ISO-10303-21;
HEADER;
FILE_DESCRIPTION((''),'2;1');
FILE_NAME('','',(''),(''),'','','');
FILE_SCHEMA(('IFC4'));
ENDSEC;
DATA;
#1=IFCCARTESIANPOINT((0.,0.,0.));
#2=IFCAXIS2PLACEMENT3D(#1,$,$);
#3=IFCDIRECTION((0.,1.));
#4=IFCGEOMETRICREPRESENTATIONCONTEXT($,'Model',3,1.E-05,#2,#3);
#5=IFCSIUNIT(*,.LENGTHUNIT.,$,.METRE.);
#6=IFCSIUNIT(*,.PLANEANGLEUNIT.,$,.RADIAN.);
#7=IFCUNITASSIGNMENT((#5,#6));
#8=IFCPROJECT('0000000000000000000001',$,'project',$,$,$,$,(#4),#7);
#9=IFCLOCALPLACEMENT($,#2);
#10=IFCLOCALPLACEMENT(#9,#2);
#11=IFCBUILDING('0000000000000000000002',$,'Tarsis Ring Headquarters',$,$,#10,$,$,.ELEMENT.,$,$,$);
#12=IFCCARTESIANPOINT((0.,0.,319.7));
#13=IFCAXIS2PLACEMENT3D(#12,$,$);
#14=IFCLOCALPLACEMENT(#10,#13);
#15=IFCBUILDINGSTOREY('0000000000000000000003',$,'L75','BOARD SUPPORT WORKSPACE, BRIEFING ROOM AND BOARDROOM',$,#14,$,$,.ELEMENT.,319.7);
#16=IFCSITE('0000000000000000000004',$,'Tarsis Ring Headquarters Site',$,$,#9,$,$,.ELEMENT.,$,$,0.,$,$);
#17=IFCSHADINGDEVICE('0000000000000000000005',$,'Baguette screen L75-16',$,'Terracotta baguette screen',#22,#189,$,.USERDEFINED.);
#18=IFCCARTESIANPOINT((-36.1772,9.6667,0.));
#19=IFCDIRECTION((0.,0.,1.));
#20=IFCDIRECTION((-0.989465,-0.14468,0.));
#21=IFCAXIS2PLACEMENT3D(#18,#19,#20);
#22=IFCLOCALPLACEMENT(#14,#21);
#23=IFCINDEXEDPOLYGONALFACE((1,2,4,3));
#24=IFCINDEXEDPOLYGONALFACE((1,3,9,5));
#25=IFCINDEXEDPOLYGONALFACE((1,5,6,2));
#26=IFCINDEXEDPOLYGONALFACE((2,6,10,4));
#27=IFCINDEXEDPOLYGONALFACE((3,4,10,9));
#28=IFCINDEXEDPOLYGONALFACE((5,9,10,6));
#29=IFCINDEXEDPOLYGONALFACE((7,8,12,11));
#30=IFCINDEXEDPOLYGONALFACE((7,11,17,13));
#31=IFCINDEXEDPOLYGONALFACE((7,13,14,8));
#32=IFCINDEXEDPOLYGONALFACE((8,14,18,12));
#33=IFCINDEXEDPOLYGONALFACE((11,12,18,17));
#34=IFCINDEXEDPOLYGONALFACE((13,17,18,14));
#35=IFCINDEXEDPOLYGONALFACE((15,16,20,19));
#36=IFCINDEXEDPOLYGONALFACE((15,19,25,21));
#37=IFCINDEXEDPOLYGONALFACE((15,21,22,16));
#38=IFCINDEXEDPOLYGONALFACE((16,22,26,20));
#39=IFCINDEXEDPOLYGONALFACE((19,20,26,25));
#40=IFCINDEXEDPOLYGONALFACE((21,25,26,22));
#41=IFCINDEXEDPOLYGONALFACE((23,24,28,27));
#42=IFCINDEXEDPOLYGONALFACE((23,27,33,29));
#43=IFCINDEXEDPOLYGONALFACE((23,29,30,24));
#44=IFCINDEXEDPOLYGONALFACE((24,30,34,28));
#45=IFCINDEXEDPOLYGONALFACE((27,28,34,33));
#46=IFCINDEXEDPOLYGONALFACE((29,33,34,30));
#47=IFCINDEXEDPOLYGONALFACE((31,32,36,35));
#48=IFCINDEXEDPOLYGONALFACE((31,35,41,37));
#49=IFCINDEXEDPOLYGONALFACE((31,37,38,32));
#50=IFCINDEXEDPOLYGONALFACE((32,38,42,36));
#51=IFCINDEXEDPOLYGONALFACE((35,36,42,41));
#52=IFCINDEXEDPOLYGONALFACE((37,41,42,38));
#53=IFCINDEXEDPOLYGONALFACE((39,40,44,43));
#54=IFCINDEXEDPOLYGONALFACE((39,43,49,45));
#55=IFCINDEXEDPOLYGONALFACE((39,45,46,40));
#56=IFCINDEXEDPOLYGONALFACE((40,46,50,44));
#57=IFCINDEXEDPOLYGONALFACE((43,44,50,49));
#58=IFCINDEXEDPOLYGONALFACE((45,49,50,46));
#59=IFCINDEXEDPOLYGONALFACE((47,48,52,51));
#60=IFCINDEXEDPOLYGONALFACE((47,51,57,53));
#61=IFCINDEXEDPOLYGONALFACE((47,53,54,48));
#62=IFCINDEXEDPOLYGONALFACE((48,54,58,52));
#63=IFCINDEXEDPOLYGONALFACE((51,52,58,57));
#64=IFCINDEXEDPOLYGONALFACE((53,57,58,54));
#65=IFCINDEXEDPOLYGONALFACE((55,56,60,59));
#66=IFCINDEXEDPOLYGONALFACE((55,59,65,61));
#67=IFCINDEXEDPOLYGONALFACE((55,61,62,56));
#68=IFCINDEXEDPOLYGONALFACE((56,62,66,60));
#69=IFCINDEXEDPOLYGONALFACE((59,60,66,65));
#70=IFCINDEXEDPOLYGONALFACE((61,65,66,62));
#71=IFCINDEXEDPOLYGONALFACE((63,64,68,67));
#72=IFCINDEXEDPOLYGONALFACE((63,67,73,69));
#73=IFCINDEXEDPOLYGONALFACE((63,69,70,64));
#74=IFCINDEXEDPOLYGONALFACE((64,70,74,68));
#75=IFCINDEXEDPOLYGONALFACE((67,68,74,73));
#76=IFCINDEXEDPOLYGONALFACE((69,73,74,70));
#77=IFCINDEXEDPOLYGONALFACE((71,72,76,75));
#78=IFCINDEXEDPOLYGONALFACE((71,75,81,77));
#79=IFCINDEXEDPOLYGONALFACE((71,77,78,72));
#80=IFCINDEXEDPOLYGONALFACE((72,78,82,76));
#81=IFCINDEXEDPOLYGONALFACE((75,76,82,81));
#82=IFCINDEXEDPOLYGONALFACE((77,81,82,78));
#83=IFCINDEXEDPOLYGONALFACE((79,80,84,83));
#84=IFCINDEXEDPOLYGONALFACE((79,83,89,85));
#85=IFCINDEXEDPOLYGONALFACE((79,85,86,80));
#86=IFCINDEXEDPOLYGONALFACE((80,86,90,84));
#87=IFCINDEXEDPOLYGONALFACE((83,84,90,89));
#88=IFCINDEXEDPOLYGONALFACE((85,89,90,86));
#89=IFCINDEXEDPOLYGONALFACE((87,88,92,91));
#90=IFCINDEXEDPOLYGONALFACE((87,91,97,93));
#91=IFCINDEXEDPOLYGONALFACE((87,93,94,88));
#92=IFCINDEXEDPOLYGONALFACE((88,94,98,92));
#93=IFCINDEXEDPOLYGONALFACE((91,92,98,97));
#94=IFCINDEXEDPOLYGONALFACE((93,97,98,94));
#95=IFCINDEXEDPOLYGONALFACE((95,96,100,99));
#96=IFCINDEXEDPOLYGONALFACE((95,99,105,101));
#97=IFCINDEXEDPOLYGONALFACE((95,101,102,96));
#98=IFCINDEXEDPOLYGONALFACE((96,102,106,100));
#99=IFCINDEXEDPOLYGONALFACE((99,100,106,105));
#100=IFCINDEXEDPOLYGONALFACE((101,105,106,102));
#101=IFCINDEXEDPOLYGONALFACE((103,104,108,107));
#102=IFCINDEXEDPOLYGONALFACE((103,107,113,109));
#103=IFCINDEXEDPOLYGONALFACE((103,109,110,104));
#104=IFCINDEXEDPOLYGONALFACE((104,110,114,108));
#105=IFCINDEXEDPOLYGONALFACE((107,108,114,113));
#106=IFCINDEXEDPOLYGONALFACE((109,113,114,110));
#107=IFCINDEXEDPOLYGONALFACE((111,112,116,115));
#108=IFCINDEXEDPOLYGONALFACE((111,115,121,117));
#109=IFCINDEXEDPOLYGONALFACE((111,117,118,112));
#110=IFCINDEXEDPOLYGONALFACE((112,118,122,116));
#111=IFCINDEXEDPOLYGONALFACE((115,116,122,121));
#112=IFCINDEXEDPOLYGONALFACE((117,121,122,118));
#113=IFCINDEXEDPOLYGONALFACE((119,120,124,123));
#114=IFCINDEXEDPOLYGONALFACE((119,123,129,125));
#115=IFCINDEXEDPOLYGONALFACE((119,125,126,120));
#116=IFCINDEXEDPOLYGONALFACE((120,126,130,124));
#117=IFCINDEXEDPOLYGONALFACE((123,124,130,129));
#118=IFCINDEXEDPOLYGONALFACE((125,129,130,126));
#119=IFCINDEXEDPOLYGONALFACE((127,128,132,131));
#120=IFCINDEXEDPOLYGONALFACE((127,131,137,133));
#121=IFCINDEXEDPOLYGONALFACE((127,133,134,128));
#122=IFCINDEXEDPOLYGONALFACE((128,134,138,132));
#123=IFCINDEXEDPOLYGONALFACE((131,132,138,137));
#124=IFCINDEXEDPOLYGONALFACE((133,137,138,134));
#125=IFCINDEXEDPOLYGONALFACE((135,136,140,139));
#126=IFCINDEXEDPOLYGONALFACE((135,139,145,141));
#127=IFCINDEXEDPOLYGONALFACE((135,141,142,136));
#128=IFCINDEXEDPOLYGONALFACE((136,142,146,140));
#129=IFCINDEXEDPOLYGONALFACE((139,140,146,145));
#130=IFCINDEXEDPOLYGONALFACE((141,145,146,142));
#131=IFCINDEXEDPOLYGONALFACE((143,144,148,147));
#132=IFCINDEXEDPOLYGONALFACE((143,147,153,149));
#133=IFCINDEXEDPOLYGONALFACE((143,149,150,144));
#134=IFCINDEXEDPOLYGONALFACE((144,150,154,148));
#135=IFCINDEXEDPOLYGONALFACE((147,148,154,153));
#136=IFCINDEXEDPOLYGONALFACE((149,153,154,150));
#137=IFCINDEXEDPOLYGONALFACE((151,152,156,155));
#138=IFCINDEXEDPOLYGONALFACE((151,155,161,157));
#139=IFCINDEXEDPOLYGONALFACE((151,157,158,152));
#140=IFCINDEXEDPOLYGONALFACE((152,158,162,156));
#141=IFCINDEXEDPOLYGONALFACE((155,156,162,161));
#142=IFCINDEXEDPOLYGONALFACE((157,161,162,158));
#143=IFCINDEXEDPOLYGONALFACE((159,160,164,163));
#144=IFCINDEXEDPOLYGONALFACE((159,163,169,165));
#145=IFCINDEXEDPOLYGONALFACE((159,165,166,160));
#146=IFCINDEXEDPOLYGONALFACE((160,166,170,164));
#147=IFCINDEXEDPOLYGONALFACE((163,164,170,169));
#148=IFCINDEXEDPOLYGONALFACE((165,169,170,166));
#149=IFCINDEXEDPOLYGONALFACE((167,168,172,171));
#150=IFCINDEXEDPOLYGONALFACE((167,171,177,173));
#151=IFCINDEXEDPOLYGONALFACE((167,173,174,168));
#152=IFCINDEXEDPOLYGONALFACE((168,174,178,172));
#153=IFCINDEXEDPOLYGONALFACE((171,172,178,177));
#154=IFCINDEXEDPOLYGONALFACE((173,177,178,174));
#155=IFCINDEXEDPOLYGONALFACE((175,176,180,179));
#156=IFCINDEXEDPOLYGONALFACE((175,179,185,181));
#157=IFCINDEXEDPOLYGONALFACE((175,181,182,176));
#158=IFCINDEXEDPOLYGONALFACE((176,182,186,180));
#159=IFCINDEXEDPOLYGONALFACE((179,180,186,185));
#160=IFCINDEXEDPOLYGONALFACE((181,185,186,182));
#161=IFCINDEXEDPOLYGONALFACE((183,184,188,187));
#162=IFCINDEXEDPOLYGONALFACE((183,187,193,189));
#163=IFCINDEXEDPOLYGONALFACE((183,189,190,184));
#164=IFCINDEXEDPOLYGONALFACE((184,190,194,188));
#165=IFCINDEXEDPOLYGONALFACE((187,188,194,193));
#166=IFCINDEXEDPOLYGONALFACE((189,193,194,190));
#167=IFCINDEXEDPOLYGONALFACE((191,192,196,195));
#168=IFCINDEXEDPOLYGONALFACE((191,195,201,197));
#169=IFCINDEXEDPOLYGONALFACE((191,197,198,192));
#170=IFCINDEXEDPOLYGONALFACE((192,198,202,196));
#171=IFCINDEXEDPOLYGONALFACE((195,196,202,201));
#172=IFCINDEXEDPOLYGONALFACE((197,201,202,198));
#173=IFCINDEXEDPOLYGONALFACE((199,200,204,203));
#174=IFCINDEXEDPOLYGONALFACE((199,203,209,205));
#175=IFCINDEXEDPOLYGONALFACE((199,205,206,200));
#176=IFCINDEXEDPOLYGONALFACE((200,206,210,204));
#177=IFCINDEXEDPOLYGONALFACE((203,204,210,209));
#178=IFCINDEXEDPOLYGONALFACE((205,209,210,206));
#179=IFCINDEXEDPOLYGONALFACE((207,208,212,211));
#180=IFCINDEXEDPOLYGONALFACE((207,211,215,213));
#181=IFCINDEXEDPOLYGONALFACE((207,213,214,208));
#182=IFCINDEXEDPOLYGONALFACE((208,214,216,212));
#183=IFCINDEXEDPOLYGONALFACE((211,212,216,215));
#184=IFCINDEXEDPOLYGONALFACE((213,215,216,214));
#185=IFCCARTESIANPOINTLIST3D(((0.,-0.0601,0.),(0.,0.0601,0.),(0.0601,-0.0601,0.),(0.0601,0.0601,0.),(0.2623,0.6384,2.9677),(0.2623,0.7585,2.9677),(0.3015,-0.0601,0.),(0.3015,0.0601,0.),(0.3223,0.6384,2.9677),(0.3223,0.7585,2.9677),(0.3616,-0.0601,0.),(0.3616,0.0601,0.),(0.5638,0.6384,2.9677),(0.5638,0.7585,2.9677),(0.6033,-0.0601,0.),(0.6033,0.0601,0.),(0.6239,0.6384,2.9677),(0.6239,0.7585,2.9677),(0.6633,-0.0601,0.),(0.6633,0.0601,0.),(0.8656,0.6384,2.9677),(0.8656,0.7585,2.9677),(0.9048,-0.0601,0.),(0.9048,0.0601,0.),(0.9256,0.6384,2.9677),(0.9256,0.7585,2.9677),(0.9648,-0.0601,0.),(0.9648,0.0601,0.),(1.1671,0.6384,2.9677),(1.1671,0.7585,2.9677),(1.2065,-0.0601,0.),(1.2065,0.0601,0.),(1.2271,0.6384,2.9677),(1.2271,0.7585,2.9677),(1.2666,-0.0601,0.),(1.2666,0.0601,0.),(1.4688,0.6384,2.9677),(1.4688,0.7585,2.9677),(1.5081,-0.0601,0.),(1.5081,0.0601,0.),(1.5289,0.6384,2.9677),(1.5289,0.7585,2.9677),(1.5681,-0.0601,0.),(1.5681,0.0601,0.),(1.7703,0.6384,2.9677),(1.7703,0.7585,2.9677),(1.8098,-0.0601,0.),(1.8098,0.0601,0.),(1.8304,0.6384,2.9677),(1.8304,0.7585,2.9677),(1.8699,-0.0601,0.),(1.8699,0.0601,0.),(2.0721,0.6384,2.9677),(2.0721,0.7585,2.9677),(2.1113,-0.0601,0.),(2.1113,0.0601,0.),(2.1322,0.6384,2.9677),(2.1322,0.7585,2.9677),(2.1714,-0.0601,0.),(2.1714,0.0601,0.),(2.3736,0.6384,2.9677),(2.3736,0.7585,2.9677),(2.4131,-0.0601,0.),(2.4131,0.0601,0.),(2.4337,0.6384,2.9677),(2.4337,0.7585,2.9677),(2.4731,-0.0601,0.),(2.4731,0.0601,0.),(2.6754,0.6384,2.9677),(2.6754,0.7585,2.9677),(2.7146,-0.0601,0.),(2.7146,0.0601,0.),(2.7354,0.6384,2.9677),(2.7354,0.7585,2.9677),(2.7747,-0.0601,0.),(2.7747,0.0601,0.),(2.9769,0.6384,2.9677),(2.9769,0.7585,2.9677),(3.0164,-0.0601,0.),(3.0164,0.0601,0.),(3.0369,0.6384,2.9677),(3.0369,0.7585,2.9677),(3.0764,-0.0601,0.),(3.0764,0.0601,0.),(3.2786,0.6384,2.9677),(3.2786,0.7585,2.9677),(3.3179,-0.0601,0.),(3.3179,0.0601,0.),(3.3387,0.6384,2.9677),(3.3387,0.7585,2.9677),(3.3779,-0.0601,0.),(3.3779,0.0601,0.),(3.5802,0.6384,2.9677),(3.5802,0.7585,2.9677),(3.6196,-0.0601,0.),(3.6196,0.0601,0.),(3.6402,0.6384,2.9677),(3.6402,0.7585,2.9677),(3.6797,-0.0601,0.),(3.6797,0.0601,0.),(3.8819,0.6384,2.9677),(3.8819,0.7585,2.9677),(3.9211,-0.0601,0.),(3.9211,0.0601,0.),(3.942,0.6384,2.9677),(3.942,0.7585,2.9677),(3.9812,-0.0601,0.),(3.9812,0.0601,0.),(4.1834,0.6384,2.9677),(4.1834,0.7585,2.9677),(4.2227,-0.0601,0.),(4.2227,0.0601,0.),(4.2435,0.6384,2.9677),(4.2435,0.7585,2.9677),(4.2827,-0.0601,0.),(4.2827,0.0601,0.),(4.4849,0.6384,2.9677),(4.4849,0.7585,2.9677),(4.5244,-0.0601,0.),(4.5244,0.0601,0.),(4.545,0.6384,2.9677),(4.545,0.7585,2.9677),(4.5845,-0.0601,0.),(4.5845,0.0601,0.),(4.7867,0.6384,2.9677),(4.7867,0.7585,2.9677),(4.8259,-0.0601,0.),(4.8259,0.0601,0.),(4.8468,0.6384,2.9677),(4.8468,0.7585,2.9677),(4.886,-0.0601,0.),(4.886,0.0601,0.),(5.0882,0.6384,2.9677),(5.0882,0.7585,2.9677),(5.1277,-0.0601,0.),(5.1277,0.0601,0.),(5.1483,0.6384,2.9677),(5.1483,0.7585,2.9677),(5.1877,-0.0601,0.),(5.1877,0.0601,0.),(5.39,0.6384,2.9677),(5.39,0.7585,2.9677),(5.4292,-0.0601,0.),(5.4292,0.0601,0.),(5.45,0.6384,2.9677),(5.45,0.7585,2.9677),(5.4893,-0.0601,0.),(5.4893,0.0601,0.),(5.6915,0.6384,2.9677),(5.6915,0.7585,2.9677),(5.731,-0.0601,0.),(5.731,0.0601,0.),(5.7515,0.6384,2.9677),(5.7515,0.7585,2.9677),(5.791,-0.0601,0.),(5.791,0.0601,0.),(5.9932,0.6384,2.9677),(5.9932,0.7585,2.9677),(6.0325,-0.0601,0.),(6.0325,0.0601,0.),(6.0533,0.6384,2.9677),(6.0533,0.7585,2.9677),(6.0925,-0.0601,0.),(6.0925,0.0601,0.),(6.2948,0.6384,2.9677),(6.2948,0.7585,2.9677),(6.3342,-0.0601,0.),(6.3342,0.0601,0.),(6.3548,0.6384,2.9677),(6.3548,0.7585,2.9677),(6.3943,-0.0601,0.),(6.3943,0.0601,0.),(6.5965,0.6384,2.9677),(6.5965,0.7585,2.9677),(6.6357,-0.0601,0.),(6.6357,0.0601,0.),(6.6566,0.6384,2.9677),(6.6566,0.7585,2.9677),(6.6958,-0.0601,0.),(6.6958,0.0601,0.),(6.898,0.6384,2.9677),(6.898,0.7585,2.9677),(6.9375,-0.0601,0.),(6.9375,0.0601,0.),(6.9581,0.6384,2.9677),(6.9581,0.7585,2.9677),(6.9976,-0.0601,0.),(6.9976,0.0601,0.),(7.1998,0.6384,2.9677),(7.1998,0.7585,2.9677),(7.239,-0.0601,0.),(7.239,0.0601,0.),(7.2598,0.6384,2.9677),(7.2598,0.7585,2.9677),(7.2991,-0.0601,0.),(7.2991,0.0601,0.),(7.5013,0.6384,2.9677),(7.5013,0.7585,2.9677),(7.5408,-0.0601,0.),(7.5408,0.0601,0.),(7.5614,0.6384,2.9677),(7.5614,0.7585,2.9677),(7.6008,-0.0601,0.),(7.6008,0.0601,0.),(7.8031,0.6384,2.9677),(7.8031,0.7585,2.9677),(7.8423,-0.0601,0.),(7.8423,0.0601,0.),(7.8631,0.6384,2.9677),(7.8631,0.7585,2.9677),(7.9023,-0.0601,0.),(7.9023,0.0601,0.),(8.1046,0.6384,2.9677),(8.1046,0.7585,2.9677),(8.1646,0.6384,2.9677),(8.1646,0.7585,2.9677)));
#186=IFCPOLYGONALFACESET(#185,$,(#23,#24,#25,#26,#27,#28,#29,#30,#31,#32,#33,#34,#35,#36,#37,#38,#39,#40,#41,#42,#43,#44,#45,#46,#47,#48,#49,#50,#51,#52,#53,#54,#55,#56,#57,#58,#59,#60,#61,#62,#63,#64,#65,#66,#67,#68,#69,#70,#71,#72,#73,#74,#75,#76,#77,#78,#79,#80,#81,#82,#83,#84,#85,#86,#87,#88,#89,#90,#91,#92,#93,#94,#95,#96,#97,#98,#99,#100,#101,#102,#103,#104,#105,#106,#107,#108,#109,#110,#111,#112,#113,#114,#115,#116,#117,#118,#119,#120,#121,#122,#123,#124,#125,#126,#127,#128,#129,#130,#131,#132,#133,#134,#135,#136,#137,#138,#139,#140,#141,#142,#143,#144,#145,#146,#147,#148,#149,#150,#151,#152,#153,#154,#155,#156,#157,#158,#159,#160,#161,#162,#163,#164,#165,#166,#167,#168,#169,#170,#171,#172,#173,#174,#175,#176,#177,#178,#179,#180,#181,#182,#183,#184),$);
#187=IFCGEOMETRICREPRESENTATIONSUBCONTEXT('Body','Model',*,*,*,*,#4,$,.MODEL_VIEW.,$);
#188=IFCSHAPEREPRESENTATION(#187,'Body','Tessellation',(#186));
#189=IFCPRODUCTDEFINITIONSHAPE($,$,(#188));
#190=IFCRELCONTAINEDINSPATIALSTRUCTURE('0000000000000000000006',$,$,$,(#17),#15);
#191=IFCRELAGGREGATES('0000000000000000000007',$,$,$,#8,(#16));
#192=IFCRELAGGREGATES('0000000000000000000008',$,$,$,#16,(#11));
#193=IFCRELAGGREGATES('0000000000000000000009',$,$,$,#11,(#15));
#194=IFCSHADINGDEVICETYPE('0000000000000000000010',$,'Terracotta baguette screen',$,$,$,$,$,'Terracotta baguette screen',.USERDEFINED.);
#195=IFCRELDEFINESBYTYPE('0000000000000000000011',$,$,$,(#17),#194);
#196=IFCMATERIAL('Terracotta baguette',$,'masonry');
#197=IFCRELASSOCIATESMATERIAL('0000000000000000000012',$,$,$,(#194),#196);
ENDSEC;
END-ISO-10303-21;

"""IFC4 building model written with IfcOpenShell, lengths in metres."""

from ifc_helpers import new_model, si_unit, direction, frame, frame_2d, origin, place, context, subcontext, project, spatial, rectangle, composite_profile, extrude, material, type_object, element, save


model = new_model("IFC4")

# Units and contexts
model_context = context("Model", 3, precision=1e-05, world=origin(), true_north=direction((0.0, 1.0)))
body_context = subcontext(model_context, "Body", "Model", "MODEL_VIEW")
ifc_project = project(units=[si_unit("LENGTHUNIT", "METRE"), si_unit("PLANEANGLEUNIT", "RADIAN")], contexts=[model_context])

# Site, building, storey
site_placement = place(None, origin())
site = spatial("IfcSite", under=ifc_project, at=site_placement, Name="Tarsis Ring Headquarters Site", CompositionType="ELEMENT", RefElevation=0.0)
building_placement = place(site_placement, origin())
building = spatial("IfcBuilding", under=site, at=building_placement, Name="Tarsis Ring Headquarters", CompositionType="ELEMENT")
storey_placement = place(building_placement, frame((0.0, 0.0, 319.7)))
storey = spatial("IfcBuildingStorey", under=building, at=storey_placement, Name="L75", Description="BOARD SUPPORT WORKSPACE, BRIEFING ROOM AND BOARDROOM", CompositionType="ELEMENT", Elevation=319.7)

# Shading device
ifc_material_1 = material(Name="Terracotta baguette", Category="masonry")
shading_device_type_1 = type_object("IfcShadingDeviceType", Name="Terracotta baguette screen", ElementType="Terracotta baguette screen", PredefinedType="USERDEFINED", material=ifc_material_1)
shading_device_1_placement = place(storey_placement, frame((-36.1772, 9.6667, 0.0), z_axis=(0.0, 0.0, 1.0), x_axis=(-0.989465, -0.14468, 0.0)))
element("IfcShadingDevice", 1, at=shading_device_1_placement, inside=storey, type_object=shading_device_type_1, Name="Baguette screen L75-16", ObjectType="Terracotta baguette screen", PredefinedType="USERDEFINED", context=body_context, shape_type="SweptSolid", body=[
    extrude(composite_profile([rectangle(XDim=0.0601, YDim=0.1201, at=frame_2d((0.03, 0.0))), rectangle(XDim=0.0601, YDim=0.1201, at=frame_2d((0.3315, 0.0))), rectangle(XDim=0.0601, YDim=0.1201, at=frame_2d((0.6333, 0.0))), rectangle(XDim=0.0601, YDim=0.1201, at=frame_2d((0.9348, 0.0))), rectangle(XDim=0.0601, YDim=0.1201, at=frame_2d((1.2366, 0.0))), rectangle(XDim=0.0601, YDim=0.1201, at=frame_2d((1.5381, 0.0))), rectangle(XDim=0.0601, YDim=0.1201, at=frame_2d((1.8398, 0.0))), rectangle(XDim=0.0601, YDim=0.1201, at=frame_2d((2.1414, 0.0))), rectangle(XDim=0.0601, YDim=0.1201, at=frame_2d((2.4431, 0.0))), rectangle(XDim=0.0601, YDim=0.1201, at=frame_2d((2.7446, 0.0))), rectangle(XDim=0.0601, YDim=0.1201, at=frame_2d((3.0464, 0.0))), rectangle(XDim=0.0601, YDim=0.1201, at=frame_2d((3.3479, 0.0))), rectangle(XDim=0.0601, YDim=0.1201, at=frame_2d((3.6497, 0.0))), rectangle(XDim=0.0601, YDim=0.1201, at=frame_2d((3.9512, 0.0))), rectangle(XDim=0.0601, YDim=0.1201, at=frame_2d((4.2527, 0.0))), rectangle(XDim=0.0601, YDim=0.1201, at=frame_2d((4.5544, 0.0))), rectangle(XDim=0.0601, YDim=0.1201, at=frame_2d((4.856, 0.0))), rectangle(XDim=0.0601, YDim=0.1201, at=frame_2d((5.1577, 0.0))), rectangle(XDim=0.0601, YDim=0.1201, at=frame_2d((5.4592, 0.0))), rectangle(XDim=0.0601, YDim=0.1201, at=frame_2d((5.761, 0.0))), rectangle(XDim=0.0601, YDim=0.1201, at=frame_2d((6.0625, 0.0))), rectangle(XDim=0.0601, YDim=0.1201, at=frame_2d((6.3643, 0.0))), rectangle(XDim=0.0601, YDim=0.1201, at=frame_2d((6.6658, 0.0))), rectangle(XDim=0.0601, YDim=0.1201, at=frame_2d((6.9675, 0.0))), rectangle(XDim=0.0601, YDim=0.1201, at=frame_2d((7.269, 0.0))), rectangle(XDim=0.0601, YDim=0.1201, at=frame_2d((7.5708, 0.0))), rectangle(XDim=0.0601, YDim=0.1201, at=frame_2d((7.8723, 0.0)))]), origin(), (0.085713, 0.228253, 0.969822), 3.0601),
])

save(model, "model.ifc")
